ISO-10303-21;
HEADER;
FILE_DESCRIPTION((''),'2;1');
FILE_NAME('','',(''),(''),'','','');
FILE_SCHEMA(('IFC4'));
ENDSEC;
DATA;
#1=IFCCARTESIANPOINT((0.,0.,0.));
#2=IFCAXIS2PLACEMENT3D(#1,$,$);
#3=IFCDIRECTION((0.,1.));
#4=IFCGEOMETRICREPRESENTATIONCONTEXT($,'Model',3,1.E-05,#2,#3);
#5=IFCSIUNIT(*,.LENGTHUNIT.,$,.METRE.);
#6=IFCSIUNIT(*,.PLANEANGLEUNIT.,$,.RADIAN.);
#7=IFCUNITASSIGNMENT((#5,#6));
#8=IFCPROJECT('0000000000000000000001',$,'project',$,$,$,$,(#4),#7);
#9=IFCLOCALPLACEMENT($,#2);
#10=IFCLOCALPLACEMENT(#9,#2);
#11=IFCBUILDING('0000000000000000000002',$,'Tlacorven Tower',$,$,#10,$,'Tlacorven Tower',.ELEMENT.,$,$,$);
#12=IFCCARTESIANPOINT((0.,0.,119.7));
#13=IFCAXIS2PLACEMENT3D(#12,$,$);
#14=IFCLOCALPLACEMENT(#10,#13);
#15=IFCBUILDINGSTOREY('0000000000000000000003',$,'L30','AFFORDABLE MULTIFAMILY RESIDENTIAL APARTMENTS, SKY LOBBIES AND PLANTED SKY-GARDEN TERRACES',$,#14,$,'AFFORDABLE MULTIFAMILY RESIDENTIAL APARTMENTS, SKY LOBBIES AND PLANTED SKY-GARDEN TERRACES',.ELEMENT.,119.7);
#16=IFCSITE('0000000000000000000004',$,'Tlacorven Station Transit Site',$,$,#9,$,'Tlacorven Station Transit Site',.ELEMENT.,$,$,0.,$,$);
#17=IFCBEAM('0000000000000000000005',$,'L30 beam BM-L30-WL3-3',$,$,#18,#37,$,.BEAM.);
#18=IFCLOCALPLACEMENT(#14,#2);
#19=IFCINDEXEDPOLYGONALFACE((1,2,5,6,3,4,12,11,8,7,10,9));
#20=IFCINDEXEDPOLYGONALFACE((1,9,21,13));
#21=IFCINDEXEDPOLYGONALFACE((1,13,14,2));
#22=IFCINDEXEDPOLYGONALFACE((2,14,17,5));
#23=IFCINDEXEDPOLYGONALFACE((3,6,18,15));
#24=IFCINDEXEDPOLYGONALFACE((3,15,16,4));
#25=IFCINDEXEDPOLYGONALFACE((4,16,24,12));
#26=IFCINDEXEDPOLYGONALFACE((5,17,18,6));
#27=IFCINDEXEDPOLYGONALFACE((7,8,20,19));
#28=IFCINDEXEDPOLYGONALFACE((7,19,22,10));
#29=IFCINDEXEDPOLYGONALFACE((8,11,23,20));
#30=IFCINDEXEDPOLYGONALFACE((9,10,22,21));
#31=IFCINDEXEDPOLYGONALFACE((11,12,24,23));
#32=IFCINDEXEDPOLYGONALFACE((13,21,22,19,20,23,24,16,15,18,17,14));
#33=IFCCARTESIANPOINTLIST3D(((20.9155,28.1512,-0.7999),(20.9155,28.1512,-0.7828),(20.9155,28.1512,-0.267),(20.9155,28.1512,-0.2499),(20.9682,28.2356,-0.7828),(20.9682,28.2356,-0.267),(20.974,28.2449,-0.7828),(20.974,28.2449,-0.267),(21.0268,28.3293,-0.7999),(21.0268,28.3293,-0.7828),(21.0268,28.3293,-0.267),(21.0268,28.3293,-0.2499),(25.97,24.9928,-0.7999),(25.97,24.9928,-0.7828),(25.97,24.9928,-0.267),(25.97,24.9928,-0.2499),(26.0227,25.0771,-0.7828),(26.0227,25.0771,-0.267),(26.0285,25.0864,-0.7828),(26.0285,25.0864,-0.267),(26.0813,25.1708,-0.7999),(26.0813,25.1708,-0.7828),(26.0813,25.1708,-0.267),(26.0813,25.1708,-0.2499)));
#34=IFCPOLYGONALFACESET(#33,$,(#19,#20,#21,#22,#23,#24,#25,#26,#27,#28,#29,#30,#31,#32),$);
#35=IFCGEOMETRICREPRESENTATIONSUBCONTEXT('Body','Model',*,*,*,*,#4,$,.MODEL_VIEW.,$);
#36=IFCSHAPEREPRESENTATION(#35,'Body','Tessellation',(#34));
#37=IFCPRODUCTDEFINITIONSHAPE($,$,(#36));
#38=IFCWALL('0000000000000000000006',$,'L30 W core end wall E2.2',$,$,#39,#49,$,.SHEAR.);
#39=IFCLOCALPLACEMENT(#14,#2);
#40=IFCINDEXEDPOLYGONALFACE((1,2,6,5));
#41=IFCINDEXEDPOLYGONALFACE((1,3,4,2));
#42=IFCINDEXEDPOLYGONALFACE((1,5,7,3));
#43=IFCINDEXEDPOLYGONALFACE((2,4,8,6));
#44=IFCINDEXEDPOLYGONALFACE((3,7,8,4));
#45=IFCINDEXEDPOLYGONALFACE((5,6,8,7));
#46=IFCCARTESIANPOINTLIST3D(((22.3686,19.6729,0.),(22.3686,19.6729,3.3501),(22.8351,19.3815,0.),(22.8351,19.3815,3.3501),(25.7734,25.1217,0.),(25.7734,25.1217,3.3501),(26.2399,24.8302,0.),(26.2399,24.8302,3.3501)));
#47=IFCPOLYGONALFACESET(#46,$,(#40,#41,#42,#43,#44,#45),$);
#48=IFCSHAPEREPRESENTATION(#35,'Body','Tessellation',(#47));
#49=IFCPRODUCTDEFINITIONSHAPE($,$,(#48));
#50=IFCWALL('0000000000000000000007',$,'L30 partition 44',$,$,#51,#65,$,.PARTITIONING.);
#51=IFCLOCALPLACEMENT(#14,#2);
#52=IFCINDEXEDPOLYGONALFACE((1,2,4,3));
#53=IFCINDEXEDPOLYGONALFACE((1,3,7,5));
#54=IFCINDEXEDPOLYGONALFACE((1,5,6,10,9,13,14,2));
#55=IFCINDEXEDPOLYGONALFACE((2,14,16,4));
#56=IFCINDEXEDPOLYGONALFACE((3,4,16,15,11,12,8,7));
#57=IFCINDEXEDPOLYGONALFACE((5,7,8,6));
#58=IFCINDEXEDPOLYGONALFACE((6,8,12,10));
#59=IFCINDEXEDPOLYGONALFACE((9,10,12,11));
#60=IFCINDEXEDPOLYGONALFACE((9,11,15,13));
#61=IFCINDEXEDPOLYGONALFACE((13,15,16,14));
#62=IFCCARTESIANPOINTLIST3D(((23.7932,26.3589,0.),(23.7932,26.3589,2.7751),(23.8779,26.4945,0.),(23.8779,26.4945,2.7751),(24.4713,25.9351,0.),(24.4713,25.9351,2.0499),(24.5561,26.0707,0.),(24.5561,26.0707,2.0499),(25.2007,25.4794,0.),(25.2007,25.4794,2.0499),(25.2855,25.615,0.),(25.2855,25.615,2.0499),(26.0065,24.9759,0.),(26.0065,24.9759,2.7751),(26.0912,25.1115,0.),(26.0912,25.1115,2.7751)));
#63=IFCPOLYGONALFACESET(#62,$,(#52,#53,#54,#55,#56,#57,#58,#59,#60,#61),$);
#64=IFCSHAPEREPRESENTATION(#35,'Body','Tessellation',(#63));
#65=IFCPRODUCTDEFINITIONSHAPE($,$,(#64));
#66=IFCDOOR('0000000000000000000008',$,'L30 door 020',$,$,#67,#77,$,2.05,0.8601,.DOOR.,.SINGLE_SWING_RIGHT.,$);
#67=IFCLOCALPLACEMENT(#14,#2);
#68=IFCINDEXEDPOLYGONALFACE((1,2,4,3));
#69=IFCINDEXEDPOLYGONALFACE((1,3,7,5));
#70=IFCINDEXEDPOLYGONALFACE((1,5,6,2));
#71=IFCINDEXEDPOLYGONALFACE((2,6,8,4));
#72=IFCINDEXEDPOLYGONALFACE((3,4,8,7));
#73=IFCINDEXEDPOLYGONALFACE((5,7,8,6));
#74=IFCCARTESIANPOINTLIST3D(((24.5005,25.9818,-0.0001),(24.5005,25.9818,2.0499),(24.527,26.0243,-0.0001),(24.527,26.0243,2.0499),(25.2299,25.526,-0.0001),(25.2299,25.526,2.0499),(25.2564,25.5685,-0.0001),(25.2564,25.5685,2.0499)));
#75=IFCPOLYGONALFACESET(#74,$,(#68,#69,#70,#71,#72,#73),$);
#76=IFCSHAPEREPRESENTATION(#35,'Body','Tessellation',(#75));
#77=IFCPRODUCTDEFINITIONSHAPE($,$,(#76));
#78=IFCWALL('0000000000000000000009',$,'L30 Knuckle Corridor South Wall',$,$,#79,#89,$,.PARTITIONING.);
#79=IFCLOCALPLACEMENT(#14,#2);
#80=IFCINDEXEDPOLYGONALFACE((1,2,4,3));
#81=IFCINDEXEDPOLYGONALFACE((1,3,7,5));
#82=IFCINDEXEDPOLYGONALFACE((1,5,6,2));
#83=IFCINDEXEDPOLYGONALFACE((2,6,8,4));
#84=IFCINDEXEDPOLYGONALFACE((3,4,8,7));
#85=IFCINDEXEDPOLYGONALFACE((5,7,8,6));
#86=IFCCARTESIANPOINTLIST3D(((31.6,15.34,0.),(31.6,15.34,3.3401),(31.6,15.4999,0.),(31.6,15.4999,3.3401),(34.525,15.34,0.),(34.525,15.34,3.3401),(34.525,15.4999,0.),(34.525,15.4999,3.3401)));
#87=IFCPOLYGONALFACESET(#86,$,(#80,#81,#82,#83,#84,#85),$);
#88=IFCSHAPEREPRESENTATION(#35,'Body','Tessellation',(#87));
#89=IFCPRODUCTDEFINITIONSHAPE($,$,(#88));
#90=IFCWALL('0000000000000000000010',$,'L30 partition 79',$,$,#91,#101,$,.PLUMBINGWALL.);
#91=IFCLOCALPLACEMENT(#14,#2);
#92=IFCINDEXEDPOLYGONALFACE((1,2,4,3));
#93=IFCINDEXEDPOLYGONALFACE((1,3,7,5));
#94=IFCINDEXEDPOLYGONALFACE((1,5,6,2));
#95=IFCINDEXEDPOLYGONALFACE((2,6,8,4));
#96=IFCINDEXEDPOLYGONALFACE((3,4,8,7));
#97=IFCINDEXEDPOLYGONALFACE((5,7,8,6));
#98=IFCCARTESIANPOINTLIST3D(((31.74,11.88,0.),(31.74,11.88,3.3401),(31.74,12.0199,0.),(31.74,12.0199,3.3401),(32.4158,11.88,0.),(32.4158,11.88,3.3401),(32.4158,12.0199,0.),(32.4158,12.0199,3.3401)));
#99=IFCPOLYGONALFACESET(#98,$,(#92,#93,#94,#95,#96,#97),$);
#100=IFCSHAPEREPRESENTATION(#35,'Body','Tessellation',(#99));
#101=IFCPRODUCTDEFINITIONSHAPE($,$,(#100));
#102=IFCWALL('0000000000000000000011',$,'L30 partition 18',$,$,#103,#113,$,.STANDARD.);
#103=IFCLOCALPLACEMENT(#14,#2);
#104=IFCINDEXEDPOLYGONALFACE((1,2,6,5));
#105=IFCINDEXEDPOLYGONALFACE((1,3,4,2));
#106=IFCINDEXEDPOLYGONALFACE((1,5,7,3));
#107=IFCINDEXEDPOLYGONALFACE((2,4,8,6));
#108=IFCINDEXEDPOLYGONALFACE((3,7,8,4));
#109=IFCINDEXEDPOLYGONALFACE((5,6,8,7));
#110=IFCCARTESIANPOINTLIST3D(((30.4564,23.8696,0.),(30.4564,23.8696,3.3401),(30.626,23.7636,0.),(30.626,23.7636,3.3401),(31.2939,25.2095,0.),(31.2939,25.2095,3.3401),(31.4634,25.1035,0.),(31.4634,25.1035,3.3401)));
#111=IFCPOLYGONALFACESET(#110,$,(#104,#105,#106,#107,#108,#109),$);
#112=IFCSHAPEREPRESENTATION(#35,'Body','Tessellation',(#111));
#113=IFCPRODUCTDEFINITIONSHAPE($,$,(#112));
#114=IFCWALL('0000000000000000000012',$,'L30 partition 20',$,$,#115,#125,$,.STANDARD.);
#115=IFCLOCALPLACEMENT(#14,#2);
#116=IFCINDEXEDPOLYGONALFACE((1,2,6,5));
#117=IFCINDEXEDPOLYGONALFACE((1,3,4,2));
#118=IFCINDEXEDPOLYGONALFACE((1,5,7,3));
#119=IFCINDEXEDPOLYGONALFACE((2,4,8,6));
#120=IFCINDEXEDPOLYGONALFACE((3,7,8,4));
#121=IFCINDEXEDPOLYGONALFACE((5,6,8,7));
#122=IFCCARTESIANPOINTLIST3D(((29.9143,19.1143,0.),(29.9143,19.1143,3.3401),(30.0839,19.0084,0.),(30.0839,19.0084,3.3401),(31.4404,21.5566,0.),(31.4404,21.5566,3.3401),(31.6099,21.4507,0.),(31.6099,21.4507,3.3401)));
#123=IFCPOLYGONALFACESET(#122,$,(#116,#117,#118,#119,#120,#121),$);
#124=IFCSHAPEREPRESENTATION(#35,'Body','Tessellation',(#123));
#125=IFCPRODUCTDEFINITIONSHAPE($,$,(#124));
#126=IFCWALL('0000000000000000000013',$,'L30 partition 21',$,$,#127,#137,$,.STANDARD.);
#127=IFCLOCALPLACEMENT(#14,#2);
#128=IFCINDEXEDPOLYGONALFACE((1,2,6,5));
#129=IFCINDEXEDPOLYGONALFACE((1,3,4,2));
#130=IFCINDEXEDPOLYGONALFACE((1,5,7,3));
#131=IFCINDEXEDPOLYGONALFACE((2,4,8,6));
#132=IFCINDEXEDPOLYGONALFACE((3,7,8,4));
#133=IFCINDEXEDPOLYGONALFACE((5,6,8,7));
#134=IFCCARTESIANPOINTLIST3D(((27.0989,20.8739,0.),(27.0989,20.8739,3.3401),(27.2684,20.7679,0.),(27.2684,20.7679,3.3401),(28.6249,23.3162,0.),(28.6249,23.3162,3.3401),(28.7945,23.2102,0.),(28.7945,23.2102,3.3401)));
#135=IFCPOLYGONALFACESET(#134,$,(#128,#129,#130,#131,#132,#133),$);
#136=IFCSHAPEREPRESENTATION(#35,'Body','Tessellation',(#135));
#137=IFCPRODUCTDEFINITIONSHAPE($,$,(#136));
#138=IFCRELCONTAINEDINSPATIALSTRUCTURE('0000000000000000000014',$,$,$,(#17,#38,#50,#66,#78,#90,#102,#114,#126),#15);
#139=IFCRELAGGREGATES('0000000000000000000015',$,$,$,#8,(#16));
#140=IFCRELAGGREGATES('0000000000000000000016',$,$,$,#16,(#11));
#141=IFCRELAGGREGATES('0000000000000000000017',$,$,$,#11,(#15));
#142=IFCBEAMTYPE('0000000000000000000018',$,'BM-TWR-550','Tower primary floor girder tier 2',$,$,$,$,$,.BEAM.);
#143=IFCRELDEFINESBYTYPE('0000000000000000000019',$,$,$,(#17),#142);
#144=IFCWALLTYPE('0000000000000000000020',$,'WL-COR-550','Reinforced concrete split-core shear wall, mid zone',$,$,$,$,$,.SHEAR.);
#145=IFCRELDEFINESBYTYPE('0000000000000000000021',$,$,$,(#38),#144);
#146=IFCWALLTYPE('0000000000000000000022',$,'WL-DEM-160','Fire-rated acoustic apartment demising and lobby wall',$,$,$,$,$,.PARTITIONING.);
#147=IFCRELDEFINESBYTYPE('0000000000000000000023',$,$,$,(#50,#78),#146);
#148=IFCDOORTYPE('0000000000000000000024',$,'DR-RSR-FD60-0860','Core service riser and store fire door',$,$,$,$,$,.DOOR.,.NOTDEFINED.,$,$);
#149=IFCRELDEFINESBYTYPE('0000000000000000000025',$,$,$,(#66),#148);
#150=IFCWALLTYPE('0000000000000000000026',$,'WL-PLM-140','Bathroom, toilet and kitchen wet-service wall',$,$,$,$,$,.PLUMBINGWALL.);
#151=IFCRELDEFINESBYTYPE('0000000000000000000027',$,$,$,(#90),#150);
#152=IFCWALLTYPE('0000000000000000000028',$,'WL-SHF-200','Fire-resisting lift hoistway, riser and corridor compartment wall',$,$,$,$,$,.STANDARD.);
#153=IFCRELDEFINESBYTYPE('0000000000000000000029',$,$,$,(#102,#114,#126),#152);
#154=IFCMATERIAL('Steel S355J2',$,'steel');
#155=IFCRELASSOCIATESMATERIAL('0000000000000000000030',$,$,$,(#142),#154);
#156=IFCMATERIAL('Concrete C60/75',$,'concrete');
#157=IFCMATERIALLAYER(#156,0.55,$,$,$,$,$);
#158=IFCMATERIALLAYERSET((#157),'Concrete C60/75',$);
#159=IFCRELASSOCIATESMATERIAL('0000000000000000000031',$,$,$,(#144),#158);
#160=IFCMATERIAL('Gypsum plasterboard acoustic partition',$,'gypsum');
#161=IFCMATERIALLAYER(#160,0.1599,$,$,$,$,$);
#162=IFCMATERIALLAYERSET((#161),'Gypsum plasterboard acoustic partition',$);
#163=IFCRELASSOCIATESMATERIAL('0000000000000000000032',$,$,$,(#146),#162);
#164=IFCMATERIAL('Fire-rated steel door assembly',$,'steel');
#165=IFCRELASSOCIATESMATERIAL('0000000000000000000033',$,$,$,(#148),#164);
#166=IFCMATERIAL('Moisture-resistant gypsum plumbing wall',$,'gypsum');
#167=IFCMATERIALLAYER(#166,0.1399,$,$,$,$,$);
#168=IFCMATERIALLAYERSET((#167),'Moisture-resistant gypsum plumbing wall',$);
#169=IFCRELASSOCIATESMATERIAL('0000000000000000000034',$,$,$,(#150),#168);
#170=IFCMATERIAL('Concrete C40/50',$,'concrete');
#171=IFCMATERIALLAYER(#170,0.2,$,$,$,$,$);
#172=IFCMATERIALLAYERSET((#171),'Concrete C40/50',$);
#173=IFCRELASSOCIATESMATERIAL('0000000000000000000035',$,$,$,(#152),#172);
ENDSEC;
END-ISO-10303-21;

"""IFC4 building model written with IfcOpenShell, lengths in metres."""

from ifc_helpers import new_model, si_unit, direction, frame, frame_2d, origin, origin_2d, place, context, subcontext, project, spatial, rectangle, i_section, extrude, source, transform, mapped, material, layer, layer_set, material_profile, profile_set, type_object, element, fill, save


model = new_model("IFC4")

# Units and contexts
model_context = context("Model", 3, precision=1e-05, world=origin(), true_north=direction((0.0, 1.0)))
body_context = subcontext(model_context, "Body", "Model", "MODEL_VIEW")
ifc_project = project(units=[si_unit("LENGTHUNIT", "METRE"), si_unit("PLANEANGLEUNIT", "RADIAN")], contexts=[model_context])

# Site, building, storey
site_placement = place(None, origin())
site = spatial("IfcSite", under=ifc_project, at=site_placement, Name="Tlacorven Station Transit Site", LongName="Tlacorven Station Transit Site", CompositionType="ELEMENT", RefElevation=0.0)
building_placement = place(site_placement, origin())
building = spatial("IfcBuilding", under=site, at=building_placement, Name="Tlacorven Tower", LongName="Tlacorven Tower", CompositionType="ELEMENT")
storey_placement = place(building_placement, frame((0.0, 0.0, 119.7)))
storey = spatial("IfcBuildingStorey", under=building, at=storey_placement, Name="L30", Description="AFFORDABLE MULTIFAMILY RESIDENTIAL APARTMENTS, SKY LOBBIES AND PLANTED SKY-GARDEN TERRACES", LongName="AFFORDABLE MULTIFAMILY RESIDENTIAL APARTMENTS, SKY LOBBIES AND PLANTED SKY-GARDEN TERRACES", CompositionType="ELEMENT", Elevation=119.7)

# Beam
ifc_material_1 = material(Name="Steel S355J2", Category="steel")
ifc_material_profile = material_profile(ifc_material_1, i_section(OverallWidth=0.21, OverallDepth=0.55, WebThickness=0.011, FlangeThickness=0.0171, at=origin_2d()), Name="IPE 550")
ifc_profile_set = profile_set([ifc_material_profile], Name="Steel S355J2")
beam_type = type_object("IfcBeamType", Name="BM-TWR-550", Description="Tower primary floor girder tier 2", PredefinedType="BEAM", material=ifc_profile_set)
shared_shape_1 = source(origin(), body_context, "Body", "SweptSolid", [
    extrude(i_section(OverallWidth=0.21, OverallDepth=0.55, WebThickness=0.011, FlangeThickness=0.0171, at=origin_2d()), origin(), (0.0, 0.0, 1.0), 5.9602),
])
beam_placement = place(storey_placement, frame((26.0256, 25.0818, -0.5249), z_axis=(-0.848042, 0.529929, 0.0), x_axis=(-0.529929, -0.848042, 0.0)))
element("IfcBeam", 1, at=beam_placement, inside=storey, type_object=beam_type, Name="L30 beam BM-L30-WL3-3", PredefinedType="BEAM", context=body_context, shape_type="MappedRepresentation", body=[
    mapped(shared_shape_1, transform((0.0, 0.0, 0.0), scale=1.0)),
])

# Wall
ifc_material_2 = material(Name="Concrete C60/75", Category="concrete")
ifc_layer_1 = layer(ifc_material_2, 0.55)
ifc_layer_set_1 = layer_set([ifc_layer_1], Name="Concrete C60/75")
wall_type_1 = type_object("IfcWallType", Name="WL-COR-550", Description="Reinforced concrete split-core shear wall, mid zone", PredefinedType="SHEAR", material=ifc_layer_set_1)
wall_1_placement = place(storey_placement, frame((26.0066, 24.9758, 0.0), z_axis=(0.0, 0.0, 1.0), x_axis=(-0.529924, -0.848045, 0.0)))
element("IfcWall", 2, at=wall_1_placement, inside=storey, type_object=wall_type_1, Name="L30 W core end wall E2.2", PredefinedType="SHEAR", context=body_context, shape_type="SweptSolid", body=[
    extrude(rectangle(XDim=6.425, YDim=0.55, at=frame_2d((3.2124, 0.0))), origin(), (0.0, 0.0, 1.0), 3.3501),
])

# Wall, opening, door
ifc_material_3 = material(Name="Gypsum plasterboard acoustic partition", Category="gypsum")
ifc_layer_2 = layer(ifc_material_3, 0.1599)
ifc_layer_set_2 = layer_set([ifc_layer_2], Name="Gypsum plasterboard acoustic partition")
wall_type_2 = type_object("IfcWallType", Name="WL-DEM-160", Description="Fire-rated acoustic apartment demising and lobby wall", PredefinedType="PARTITIONING", material=ifc_layer_set_2)
wall_2_placement = place(storey_placement, frame((26.0488, 25.0437, 0.0), z_axis=(0.0, 0.0, 1.0), x_axis=(-0.848051, 0.529915, 0.0)))
wall_2 = element("IfcWall", 3, at=wall_2_placement, inside=storey, type_object=wall_type_2, Name="L30 partition 44", PredefinedType="PARTITIONING", context=body_context, shape_type="SweptSolid", body=[
    extrude(rectangle(XDim=2.6099, YDim=0.1599, at=frame_2d((1.3049, 0.0))), origin(), (0.0, 0.0, 1.0), 2.7751),
])
opening_1_placement = place(wall_2_placement, frame((0.95, 0.0, 0.0)))
opening_1 = element("IfcOpeningElement", 4, at=opening_1_placement, cuts=wall_2, PredefinedType="OPENING", context=body_context, shape_type="SweptSolid", body=[
    extrude(rectangle(XDim=0.8601, YDim=2.05, at=frame_2d((0.4302, 1.0249))), frame((0.0, 0.0898, 0.0), z_axis=(0.0, -1.0, 0.0), x_axis=(1.0, 0.0, 0.0)), (0.0, 0.0, 1.0), 0.1799),
])
ifc_material_4 = material(Name="Fire-rated steel door assembly", Category="steel")
door_type = type_object("IfcDoorType", Name="DR-RSR-FD60-0860", Description="Core service riser and store fire door", OperationType="NOTDEFINED", PredefinedType="DOOR", material=ifc_material_4)
shared_shape_2 = source(origin(), body_context, "Body", "SweptSolid", [
    extrude(rectangle(XDim=0.8601, YDim=2.05, at=frame_2d((0.4302, 1.0249))), frame((0.0, 0.0249, 0.0), z_axis=(0.0, -1.0, 0.0), x_axis=(1.0, 0.0, 0.0)), (0.0, 0.0, 1.0), 0.05),
])
door_1_placement = place(opening_1_placement, origin())
door_1 = element("IfcDoor", 5, at=door_1_placement, inside=storey, type_object=door_type, Name="L30 door 020", OperationType="SINGLE_SWING_RIGHT", OverallHeight=2.05, OverallWidth=0.8601, PredefinedType="DOOR", context=body_context, shape_type="MappedRepresentation", body=[
    mapped(shared_shape_2, transform((0.0, 0.0, 0.0), scale=1.0)),
])
fill(opening_1, door_1)

# Walls
wall_3_placement = place(storey_placement, frame((31.6001, 15.4199, 0.0), z_axis=(0.0, 0.0, 1.0), x_axis=(1.0, 0.0, 0.0)))
element("IfcWall", 6, at=wall_3_placement, inside=storey, type_object=wall_type_2, Name="L30 Knuckle Corridor South Wall", PredefinedType="PARTITIONING", context=body_context, shape_type="SweptSolid", body=[
    extrude(rectangle(XDim=2.925, YDim=0.1599, at=frame_2d((1.4624, 0.0))), origin(), (0.0, 0.0, 1.0), 3.3401),
])
ifc_material_5 = material(Name="Moisture-resistant gypsum plumbing wall", Category="gypsum")
ifc_layer_3 = layer(ifc_material_5, 0.1399)
ifc_layer_set_3 = layer_set([ifc_layer_3], Name="Moisture-resistant gypsum plumbing wall")
wall_type_3 = type_object("IfcWallType", Name="WL-PLM-140", Description="Bathroom, toilet and kitchen wet-service wall", PredefinedType="PLUMBINGWALL", material=ifc_layer_set_3)
wall_4_placement = place(storey_placement, frame((31.74, 11.95, 0.0), z_axis=(0.0, 0.0, 1.0), x_axis=(1.0, 0.0, 0.0)))
element("IfcWall", 7, at=wall_4_placement, inside=storey, type_object=wall_type_3, Name="L30 partition 79", PredefinedType="PLUMBINGWALL", context=body_context, shape_type="SweptSolid", body=[
    extrude(rectangle(XDim=0.6758, YDim=0.1399, at=frame_2d((0.3379, 0.0))), origin(), (0.0, 0.0, 1.0), 3.3401),
])
ifc_material_6 = material(Name="Concrete C40/50", Category="concrete")
ifc_layer_4 = layer(ifc_material_6, 0.2)
ifc_layer_set_4 = layer_set([ifc_layer_4], Name="Concrete C40/50")
wall_type_4 = type_object("IfcWallType", Name="WL-SHF-200", Description="Fire-resisting lift hoistway, riser and corridor compartment wall", PredefinedType="STANDARD", material=ifc_layer_set_4)
wall_5_placement = place(storey_placement, frame((31.3787, 25.1565, 0.0), z_axis=(0.0, 0.0, 1.0), x_axis=(-0.529999, -0.847998, 0.0)))
element("IfcWall", 8, at=wall_5_placement, inside=storey, type_object=wall_type_4, Name="L30 partition 18", PredefinedType="STANDARD", context=body_context, shape_type="SweptSolid", body=[
    extrude(rectangle(XDim=1.5801, YDim=0.2, at=frame_2d((0.79, 0.0))), origin(), (0.0, 0.0, 1.0), 3.3401),
])
for number, where, z_axis, x_axis, name in (
    (9, (31.5251, 21.5037, 0.0), (0.0, 0.0, 1.0), (-0.529907, -0.848055, 0.0), "L30 partition 20"),
    (10, (28.7097, 23.2632, 0.0), (0.0, 0.0, 1.0), (-0.529907, -0.848055, 0.0), "L30 partition 21"),
):
    element("IfcWall", number, at=place(storey_placement, frame(where, z_axis=z_axis, x_axis=x_axis)), inside=storey, type_object=wall_type_4, Name=name, PredefinedType="STANDARD", context=body_context, shape_type="SweptSolid", body=[
        extrude(rectangle(XDim=2.8799, YDim=0.2, at=frame_2d((1.4399, 0.0))), origin(), (0.0, 0.0, 1.0), 3.3401),
    ])

save(model, "model.ifc")
